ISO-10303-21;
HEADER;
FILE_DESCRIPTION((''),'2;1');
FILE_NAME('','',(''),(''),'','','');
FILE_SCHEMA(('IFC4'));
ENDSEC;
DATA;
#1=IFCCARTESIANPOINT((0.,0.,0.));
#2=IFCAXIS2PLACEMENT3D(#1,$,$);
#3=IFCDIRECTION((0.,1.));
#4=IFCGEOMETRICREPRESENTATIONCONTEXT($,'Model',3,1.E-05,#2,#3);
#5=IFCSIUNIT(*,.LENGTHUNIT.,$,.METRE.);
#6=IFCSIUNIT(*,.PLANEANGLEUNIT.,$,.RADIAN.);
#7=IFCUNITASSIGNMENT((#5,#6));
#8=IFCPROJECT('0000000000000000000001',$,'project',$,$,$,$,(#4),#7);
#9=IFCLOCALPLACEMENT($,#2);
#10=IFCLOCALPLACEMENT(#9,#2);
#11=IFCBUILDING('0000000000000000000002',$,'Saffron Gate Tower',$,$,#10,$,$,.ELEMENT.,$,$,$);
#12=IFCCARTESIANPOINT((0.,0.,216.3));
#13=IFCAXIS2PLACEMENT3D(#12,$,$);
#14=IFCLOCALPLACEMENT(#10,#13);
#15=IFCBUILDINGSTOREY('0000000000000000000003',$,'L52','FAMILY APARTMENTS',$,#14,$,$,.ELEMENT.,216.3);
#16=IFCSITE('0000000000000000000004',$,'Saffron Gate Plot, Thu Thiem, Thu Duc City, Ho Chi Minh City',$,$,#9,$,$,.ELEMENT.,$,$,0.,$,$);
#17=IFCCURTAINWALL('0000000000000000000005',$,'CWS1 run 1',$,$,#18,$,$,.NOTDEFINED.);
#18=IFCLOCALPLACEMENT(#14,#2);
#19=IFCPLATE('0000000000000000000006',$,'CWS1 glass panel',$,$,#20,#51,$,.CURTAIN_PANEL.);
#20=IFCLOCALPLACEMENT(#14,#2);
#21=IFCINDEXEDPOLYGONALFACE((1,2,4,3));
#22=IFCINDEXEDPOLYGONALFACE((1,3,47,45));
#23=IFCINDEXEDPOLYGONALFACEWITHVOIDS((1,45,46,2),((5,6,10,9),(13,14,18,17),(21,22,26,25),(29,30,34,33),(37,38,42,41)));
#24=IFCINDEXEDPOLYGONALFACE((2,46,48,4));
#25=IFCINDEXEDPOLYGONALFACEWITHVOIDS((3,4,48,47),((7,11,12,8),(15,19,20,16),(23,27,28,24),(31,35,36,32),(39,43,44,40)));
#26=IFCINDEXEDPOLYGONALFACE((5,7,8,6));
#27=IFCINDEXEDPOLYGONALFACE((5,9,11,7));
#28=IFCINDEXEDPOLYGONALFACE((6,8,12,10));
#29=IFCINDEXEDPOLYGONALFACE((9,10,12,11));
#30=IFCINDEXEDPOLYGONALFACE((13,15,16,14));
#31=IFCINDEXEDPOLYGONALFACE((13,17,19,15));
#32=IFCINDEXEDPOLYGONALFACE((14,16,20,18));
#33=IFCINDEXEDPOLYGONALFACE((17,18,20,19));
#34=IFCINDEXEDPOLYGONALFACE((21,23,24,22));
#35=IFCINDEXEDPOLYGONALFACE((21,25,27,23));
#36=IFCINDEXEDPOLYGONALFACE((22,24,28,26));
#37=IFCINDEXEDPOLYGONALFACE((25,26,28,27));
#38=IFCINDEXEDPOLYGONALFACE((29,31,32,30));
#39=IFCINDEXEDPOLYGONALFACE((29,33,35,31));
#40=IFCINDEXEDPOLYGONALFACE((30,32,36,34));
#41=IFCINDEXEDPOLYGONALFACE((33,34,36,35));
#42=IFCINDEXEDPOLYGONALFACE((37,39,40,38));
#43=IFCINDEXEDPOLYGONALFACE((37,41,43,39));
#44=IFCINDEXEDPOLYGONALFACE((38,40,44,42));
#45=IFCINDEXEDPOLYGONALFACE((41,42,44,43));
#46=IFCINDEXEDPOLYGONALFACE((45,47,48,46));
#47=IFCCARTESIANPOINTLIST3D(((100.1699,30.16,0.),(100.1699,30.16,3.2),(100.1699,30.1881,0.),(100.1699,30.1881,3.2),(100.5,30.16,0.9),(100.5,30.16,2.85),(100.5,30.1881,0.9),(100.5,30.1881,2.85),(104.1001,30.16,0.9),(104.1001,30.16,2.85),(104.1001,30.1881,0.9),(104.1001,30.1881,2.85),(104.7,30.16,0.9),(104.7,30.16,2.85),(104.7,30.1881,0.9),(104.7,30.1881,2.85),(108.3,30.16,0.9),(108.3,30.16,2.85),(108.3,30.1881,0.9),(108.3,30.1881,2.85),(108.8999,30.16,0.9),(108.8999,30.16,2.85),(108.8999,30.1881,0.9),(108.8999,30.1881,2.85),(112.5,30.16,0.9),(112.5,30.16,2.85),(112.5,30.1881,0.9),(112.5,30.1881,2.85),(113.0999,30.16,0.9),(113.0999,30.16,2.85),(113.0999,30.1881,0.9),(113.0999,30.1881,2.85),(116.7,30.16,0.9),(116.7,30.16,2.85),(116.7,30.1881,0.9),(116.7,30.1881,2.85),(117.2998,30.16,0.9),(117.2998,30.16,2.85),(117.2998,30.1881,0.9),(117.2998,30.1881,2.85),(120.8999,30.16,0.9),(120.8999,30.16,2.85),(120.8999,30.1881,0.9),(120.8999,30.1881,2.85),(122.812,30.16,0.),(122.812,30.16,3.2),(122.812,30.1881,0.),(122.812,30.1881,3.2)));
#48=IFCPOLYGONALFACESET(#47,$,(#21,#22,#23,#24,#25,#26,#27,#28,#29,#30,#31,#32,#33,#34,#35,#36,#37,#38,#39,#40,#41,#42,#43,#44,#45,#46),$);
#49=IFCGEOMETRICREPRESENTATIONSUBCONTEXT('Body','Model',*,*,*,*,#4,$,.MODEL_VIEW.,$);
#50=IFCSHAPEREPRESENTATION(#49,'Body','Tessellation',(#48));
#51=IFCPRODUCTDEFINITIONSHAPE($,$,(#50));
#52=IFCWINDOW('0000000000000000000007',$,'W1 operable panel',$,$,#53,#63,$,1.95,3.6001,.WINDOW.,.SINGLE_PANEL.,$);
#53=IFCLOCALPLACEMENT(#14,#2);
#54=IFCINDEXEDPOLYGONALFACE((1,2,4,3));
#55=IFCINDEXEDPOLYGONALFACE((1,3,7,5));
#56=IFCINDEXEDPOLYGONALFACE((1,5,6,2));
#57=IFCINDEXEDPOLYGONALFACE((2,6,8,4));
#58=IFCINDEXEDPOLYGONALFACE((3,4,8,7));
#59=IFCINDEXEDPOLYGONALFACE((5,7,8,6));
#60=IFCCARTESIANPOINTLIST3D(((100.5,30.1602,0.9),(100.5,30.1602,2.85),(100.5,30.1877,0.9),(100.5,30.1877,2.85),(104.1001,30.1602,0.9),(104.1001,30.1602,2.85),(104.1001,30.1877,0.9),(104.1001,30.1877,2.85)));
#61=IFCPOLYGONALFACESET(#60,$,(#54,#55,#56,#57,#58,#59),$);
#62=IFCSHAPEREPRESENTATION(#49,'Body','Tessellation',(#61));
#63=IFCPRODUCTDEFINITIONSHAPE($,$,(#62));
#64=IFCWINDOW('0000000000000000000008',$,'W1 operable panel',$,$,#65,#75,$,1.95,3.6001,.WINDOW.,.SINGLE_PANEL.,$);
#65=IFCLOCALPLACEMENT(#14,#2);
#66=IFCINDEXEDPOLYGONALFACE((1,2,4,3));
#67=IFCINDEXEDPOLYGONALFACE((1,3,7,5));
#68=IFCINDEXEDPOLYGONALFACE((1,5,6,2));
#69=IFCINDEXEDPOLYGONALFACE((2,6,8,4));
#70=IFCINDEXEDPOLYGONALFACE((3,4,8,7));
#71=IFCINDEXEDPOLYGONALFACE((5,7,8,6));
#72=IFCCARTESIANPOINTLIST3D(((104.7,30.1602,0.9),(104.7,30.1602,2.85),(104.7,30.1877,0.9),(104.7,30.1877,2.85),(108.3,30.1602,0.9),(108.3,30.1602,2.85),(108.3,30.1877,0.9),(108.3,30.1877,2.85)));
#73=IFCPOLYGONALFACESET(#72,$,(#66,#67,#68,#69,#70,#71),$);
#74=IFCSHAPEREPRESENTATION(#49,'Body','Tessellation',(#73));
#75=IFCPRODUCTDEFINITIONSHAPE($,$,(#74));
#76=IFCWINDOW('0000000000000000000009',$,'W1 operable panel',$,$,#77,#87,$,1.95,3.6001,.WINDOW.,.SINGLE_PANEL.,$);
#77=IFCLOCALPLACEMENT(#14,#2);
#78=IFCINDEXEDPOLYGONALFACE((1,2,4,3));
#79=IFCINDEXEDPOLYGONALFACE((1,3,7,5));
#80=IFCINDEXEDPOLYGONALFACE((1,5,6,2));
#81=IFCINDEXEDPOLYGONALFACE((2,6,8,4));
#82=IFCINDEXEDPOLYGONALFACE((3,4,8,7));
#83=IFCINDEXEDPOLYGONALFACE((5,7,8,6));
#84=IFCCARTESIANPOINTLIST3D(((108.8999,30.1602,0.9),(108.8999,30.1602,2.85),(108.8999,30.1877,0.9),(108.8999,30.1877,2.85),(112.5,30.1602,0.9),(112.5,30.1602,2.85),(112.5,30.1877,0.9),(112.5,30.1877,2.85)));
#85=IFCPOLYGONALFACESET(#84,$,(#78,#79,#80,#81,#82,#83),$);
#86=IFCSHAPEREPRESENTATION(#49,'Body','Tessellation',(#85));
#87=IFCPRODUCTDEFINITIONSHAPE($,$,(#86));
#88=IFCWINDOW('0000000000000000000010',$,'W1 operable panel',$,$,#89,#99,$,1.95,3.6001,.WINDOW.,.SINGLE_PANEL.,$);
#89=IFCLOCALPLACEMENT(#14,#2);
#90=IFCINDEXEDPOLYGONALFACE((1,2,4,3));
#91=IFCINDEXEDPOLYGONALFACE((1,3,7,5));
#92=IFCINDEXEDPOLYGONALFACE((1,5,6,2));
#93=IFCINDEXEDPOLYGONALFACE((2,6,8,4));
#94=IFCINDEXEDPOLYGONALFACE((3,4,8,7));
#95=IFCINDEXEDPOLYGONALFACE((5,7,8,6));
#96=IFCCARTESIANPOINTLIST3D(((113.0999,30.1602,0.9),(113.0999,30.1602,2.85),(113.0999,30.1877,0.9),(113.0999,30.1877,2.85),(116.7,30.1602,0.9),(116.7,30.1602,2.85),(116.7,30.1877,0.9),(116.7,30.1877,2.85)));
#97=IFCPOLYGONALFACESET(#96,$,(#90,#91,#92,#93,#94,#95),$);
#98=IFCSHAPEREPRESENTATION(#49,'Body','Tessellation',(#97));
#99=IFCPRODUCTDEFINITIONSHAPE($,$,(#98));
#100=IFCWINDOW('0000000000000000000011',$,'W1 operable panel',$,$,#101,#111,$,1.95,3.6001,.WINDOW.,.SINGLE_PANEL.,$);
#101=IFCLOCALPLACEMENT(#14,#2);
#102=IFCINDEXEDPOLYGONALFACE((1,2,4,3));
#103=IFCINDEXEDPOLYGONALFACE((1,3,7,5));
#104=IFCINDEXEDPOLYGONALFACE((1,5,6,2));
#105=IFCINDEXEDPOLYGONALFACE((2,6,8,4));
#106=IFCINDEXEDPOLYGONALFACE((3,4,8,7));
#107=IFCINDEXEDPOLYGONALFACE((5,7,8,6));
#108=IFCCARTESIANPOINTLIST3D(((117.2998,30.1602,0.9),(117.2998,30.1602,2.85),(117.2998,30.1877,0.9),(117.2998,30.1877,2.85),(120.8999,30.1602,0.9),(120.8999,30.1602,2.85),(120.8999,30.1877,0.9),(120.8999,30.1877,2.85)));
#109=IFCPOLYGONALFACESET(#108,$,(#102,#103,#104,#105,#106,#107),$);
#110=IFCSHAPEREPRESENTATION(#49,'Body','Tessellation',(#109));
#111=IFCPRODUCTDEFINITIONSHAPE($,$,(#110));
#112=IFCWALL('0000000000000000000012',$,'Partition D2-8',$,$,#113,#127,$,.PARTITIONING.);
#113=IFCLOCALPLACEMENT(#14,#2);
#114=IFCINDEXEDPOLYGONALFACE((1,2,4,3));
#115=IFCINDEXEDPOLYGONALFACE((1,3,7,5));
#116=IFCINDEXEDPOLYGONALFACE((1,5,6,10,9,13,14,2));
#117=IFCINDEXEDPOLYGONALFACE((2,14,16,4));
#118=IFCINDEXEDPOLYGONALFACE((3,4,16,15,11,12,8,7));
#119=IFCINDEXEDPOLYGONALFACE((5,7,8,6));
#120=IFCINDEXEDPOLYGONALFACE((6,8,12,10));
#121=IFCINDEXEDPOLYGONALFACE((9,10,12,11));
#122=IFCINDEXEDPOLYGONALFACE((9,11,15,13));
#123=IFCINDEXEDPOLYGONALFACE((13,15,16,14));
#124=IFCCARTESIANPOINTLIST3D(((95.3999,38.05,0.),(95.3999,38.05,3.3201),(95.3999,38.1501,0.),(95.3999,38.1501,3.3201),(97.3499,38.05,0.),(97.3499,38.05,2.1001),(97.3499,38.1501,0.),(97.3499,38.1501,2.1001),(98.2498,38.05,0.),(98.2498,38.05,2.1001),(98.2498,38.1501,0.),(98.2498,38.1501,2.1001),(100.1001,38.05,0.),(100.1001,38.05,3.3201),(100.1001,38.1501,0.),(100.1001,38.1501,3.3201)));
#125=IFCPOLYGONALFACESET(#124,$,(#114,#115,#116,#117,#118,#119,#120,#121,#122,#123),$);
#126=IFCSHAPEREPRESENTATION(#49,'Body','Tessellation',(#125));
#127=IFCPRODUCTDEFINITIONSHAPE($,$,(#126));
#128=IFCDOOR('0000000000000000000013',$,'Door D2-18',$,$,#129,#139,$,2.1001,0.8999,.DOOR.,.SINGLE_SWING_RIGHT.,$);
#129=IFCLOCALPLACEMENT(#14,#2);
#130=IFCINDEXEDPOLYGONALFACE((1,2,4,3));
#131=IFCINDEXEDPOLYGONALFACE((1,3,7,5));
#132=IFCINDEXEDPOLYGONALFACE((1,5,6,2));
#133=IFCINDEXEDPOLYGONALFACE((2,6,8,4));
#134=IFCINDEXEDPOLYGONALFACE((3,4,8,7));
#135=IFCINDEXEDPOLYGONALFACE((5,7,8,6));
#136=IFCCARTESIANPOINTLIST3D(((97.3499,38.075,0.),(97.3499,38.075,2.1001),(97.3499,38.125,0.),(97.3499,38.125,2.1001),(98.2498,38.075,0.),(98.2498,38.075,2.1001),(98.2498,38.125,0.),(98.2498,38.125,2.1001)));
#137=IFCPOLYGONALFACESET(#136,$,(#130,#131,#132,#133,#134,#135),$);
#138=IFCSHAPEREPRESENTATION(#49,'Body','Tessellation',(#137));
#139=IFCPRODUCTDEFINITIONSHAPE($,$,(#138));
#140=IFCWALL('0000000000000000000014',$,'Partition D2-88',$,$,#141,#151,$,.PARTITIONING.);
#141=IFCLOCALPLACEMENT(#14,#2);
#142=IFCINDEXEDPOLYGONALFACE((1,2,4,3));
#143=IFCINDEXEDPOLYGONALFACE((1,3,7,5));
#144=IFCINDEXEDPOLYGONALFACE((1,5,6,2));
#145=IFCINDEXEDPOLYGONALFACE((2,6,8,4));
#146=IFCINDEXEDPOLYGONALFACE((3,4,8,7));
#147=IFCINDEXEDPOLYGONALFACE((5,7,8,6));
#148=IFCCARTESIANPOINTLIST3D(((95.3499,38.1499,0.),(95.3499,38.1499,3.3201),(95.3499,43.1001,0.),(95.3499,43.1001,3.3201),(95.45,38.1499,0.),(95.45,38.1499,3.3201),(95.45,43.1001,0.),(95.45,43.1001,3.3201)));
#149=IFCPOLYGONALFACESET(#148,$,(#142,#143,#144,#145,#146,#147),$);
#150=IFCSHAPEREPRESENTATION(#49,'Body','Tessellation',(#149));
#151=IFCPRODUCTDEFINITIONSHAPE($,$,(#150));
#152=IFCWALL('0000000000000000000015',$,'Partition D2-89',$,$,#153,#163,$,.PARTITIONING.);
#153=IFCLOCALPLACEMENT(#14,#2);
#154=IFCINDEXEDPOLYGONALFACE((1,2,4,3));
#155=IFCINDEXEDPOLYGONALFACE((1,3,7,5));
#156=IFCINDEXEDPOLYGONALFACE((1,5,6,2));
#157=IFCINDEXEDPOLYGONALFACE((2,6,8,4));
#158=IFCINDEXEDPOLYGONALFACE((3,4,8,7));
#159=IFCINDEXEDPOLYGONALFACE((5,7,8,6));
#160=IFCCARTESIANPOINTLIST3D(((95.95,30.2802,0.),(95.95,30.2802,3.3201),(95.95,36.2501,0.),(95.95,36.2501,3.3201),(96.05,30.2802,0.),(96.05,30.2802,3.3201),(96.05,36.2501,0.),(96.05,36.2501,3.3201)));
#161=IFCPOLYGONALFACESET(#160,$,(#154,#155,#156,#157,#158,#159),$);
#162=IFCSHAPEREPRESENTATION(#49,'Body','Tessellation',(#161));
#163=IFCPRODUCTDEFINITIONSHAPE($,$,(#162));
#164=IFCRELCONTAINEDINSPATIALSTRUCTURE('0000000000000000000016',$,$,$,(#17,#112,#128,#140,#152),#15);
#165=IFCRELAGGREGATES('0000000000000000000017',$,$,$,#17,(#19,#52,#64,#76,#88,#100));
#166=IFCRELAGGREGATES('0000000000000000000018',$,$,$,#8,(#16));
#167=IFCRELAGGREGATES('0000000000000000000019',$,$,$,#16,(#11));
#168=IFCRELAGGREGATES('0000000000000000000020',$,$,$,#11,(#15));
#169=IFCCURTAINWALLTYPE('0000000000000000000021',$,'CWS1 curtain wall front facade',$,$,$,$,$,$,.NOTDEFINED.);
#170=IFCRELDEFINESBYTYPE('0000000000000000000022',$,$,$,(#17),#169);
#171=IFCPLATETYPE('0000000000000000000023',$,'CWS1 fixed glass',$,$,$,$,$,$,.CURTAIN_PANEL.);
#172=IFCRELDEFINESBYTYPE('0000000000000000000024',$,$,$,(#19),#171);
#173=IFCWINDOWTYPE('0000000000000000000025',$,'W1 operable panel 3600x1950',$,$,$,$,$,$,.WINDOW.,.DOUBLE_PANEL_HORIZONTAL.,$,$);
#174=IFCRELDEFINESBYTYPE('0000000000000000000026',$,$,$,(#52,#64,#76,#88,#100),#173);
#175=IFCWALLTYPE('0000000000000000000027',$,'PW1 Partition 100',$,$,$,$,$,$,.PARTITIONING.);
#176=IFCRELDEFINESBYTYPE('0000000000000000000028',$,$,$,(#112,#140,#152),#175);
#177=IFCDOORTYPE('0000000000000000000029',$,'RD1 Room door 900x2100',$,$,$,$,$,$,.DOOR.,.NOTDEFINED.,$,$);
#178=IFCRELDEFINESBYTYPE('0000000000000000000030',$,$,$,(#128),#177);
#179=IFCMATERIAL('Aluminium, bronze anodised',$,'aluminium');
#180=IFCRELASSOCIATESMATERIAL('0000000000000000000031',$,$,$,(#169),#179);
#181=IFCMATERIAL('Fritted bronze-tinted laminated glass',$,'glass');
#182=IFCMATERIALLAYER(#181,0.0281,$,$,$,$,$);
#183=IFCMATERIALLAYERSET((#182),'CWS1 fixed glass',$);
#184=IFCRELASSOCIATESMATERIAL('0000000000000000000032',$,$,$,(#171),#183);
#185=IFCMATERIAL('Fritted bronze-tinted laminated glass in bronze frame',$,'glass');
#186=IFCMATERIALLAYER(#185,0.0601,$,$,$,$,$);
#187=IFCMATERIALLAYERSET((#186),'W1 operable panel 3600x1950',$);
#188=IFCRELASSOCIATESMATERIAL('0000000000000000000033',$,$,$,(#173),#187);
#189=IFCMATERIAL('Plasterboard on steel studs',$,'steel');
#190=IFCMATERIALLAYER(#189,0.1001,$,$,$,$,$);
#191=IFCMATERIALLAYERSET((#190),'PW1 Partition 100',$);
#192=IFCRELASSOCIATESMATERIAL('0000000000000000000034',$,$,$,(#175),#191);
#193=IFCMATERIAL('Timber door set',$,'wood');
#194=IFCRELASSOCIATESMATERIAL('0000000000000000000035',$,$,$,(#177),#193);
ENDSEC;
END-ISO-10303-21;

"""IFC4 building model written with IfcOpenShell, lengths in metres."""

from ifc_helpers import new_model, si_unit, direction, frame, frame_2d, origin, place, context, subcontext, project, spatial, rectangle, extrude, material, layer, layer_set, type_object, element, fill, aggregate, save


model = new_model("IFC4")

# Units and contexts
model_context = context("Model", 3, precision=1e-05, world=origin(), true_north=direction((0.0, 1.0)))
body_context = subcontext(model_context, "Body", "Model", "MODEL_VIEW")
ifc_project = project(units=[si_unit("LENGTHUNIT", "METRE"), si_unit("PLANEANGLEUNIT", "RADIAN")], contexts=[model_context])

# Site, building, storey
site_placement = place(None, origin())
site = spatial("IfcSite", under=ifc_project, at=site_placement, Name="Saffron Gate Plot, Thu Thiem, Thu Duc City, Ho Chi Minh City", CompositionType="ELEMENT", RefElevation=0.0)
building_placement = place(site_placement, origin())
building = spatial("IfcBuilding", under=site, at=building_placement, Name="Saffron Gate Tower", CompositionType="ELEMENT")
storey_placement = place(building_placement, frame((0.0, 0.0, 216.3)))
storey = spatial("IfcBuildingStorey", under=building, at=storey_placement, Name="L52", Description="FAMILY APARTMENTS", CompositionType="ELEMENT", Elevation=216.3)

# Curtain wall, plate, openings, windows
ifc_material_1 = material(Name="Aluminium, bronze anodised", Category="aluminium")
curtain_wall_type = type_object("IfcCurtainWallType", Name="CWS1 curtain wall front facade", PredefinedType="NOTDEFINED", material=ifc_material_1)
curtain_wall_placement = place(storey_placement, origin())
curtain_wall = element("IfcCurtainWall", 1, at=curtain_wall_placement, inside=storey, type_object=curtain_wall_type, Name="CWS1 run 1", PredefinedType="NOTDEFINED")
ifc_material_2 = material(Name="Fritted bronze-tinted laminated glass", Category="glass")
ifc_layer_1 = layer(ifc_material_2, 0.0281)
ifc_layer_set_1 = layer_set([ifc_layer_1], Name="CWS1 fixed glass")
plate_type = type_object("IfcPlateType", Name="CWS1 fixed glass", PredefinedType="CURTAIN_PANEL", material=ifc_layer_set_1)
plate_placement = place(storey_placement, frame((100.1699, 30.1741, 0.0), z_axis=(0.0, 0.0, 1.0), x_axis=(1.0, 0.0, 0.0)))
plate = element("IfcPlate", 2, at=plate_placement, type_object=plate_type, Name="CWS1 glass panel", PredefinedType="CURTAIN_PANEL", context=body_context, shape_type="SweptSolid", body=[
    extrude(rectangle(XDim=22.6421, YDim=0.0281, at=frame_2d((11.321, 0.0))), origin(), (0.0, 0.0, 1.0), 3.2),
])
opening_1_placement = place(plate_placement, frame((0.3301, 0.0, 0.8999)))
opening_1 = element("IfcOpeningElement", 3, at=opening_1_placement, cuts=plate, PredefinedType="OPENING", context=body_context, shape_type="SweptSolid", body=[
    extrude(rectangle(XDim=3.6001, YDim=1.95, at=frame_2d((1.8, 0.9751))), frame((0.0, 0.0239, 0.0), z_axis=(0.0, -1.0, 0.0), x_axis=(1.0, 0.0, 0.0)), (0.0, 0.0, 1.0), 0.0481),
])
opening_2_placement = place(plate_placement, frame((4.53, 0.0, 0.8999)))
opening_2 = element("IfcOpeningElement", 4, at=opening_2_placement, cuts=plate, PredefinedType="OPENING", context=body_context, shape_type="SweptSolid", body=[
    extrude(rectangle(XDim=3.6001, YDim=1.95, at=frame_2d((1.8, 0.9751))), frame((0.0, 0.0239, 0.0), z_axis=(0.0, -1.0, 0.0), x_axis=(1.0, 0.0, 0.0)), (0.0, 0.0, 1.0), 0.0481),
])
opening_3_placement = place(plate_placement, frame((8.73, 0.0, 0.8999)))
opening_3 = element("IfcOpeningElement", 5, at=opening_3_placement, cuts=plate, PredefinedType="OPENING", context=body_context, shape_type="SweptSolid", body=[
    extrude(rectangle(XDim=3.6001, YDim=1.95, at=frame_2d((1.8, 0.9751))), frame((0.0, 0.0239, 0.0), z_axis=(0.0, -1.0, 0.0), x_axis=(1.0, 0.0, 0.0)), (0.0, 0.0, 1.0), 0.0481),
])
opening_4_placement = place(plate_placement, frame((12.9299, 0.0, 0.8999)))
opening_4 = element("IfcOpeningElement", 6, at=opening_4_placement, cuts=plate, PredefinedType="OPENING", context=body_context, shape_type="SweptSolid", body=[
    extrude(rectangle(XDim=3.6001, YDim=1.95, at=frame_2d((1.8, 0.9751))), frame((0.0, 0.0239, 0.0), z_axis=(0.0, -1.0, 0.0), x_axis=(1.0, 0.0, 0.0)), (0.0, 0.0, 1.0), 0.0481),
])
opening_5_placement = place(plate_placement, frame((17.1299, 0.0, 0.8999)))
opening_5 = element("IfcOpeningElement", 7, at=opening_5_placement, cuts=plate, PredefinedType="OPENING", context=body_context, shape_type="SweptSolid", body=[
    extrude(rectangle(XDim=3.6001, YDim=1.95, at=frame_2d((1.8, 0.9751))), frame((0.0, 0.0239, 0.0), z_axis=(0.0, -1.0, 0.0), x_axis=(1.0, 0.0, 0.0)), (0.0, 0.0, 1.0), 0.0481),
])
ifc_material_3 = material(Name="Fritted bronze-tinted laminated glass in bronze frame", Category="glass")
ifc_layer_2 = layer(ifc_material_3, 0.0601)
ifc_layer_set_2 = layer_set([ifc_layer_2], Name="W1 operable panel 3600x1950")
window_type = type_object("IfcWindowType", Name="W1 operable panel 3600x1950", PartitioningType="DOUBLE_PANEL_HORIZONTAL", PredefinedType="WINDOW", material=ifc_layer_set_2)
window_1_placement = place(opening_1_placement, origin())
window_1 = element("IfcWindow", 8, at=window_1_placement, type_object=window_type, Name="W1 operable panel", OverallHeight=1.95, OverallWidth=3.6001, PartitioningType="SINGLE_PANEL", PredefinedType="WINDOW", context=body_context, shape_type="SweptSolid", body=[
    extrude(rectangle(XDim=3.6001, YDim=1.95, at=frame_2d((1.8, 0.9751))), frame((0.0, 0.0137, 0.0), z_axis=(0.0, -1.0, 0.0), x_axis=(1.0, 0.0, 0.0)), (0.0, 0.0, 1.0), 0.0276),
])
fill(opening_1, window_1)
window_2_placement = place(opening_2_placement, origin())
window_2 = element("IfcWindow", 9, at=window_2_placement, type_object=window_type, Name="W1 operable panel", OverallHeight=1.95, OverallWidth=3.6001, PartitioningType="SINGLE_PANEL", PredefinedType="WINDOW", context=body_context, shape_type="SweptSolid", body=[
    extrude(rectangle(XDim=3.6001, YDim=1.95, at=frame_2d((1.8, 0.9751))), frame((0.0, 0.0137, 0.0), z_axis=(0.0, -1.0, 0.0), x_axis=(1.0, 0.0, 0.0)), (0.0, 0.0, 1.0), 0.0276),
])
fill(opening_2, window_2)
window_3_placement = place(opening_3_placement, origin())
window_3 = element("IfcWindow", 10, at=window_3_placement, type_object=window_type, Name="W1 operable panel", OverallHeight=1.95, OverallWidth=3.6001, PartitioningType="SINGLE_PANEL", PredefinedType="WINDOW", context=body_context, shape_type="SweptSolid", body=[
    extrude(rectangle(XDim=3.6001, YDim=1.95, at=frame_2d((1.8, 0.9751))), frame((0.0, 0.0137, 0.0), z_axis=(0.0, -1.0, 0.0), x_axis=(1.0, 0.0, 0.0)), (0.0, 0.0, 1.0), 0.0276),
])
fill(opening_3, window_3)
window_4_placement = place(opening_4_placement, origin())
window_4 = element("IfcWindow", 11, at=window_4_placement, type_object=window_type, Name="W1 operable panel", OverallHeight=1.95, OverallWidth=3.6001, PartitioningType="SINGLE_PANEL", PredefinedType="WINDOW", context=body_context, shape_type="SweptSolid", body=[
    extrude(rectangle(XDim=3.6001, YDim=1.95, at=frame_2d((1.8, 0.9751))), frame((0.0, 0.0137, 0.0), z_axis=(0.0, -1.0, 0.0), x_axis=(1.0, 0.0, 0.0)), (0.0, 0.0, 1.0), 0.0276),
])
fill(opening_4, window_4)
window_5_placement = place(opening_5_placement, origin())
window_5 = element("IfcWindow", 12, at=window_5_placement, type_object=window_type, Name="W1 operable panel", OverallHeight=1.95, OverallWidth=3.6001, PartitioningType="SINGLE_PANEL", PredefinedType="WINDOW", context=body_context, shape_type="SweptSolid", body=[
    extrude(rectangle(XDim=3.6001, YDim=1.95, at=frame_2d((1.8, 0.9751))), frame((0.0, 0.0137, 0.0), z_axis=(0.0, -1.0, 0.0), x_axis=(1.0, 0.0, 0.0)), (0.0, 0.0, 1.0), 0.0276),
])
fill(opening_5, window_5)
aggregate(curtain_wall, [plate, window_1, window_2, window_3, window_4, window_5])

# Wall, opening, door
ifc_material_4 = material(Name="Plasterboard on steel studs", Category="steel")
ifc_layer_3 = layer(ifc_material_4, 0.1001)
ifc_layer_set_3 = layer_set([ifc_layer_3], Name="PW1 Partition 100")
wall_type_1 = type_object("IfcWallType", Name="PW1 Partition 100", PredefinedType="PARTITIONING", material=ifc_layer_set_3)
wall_1_placement = place(storey_placement, frame((95.3999, 38.1001, 0.0), z_axis=(0.0, 0.0, 1.0), x_axis=(1.0, 0.0, 0.0)))
wall_1 = element("IfcWall", 13, at=wall_1_placement, inside=storey, type_object=wall_type_1, Name="Partition D2-8", PredefinedType="PARTITIONING", context=body_context, shape_type="SweptSolid", body=[
    extrude(rectangle(XDim=4.7002, YDim=0.1001, at=frame_2d((2.3501, 0.0))), origin(), (0.0, 0.0, 1.0), 3.3201),
])
opening_6_placement = place(wall_1_placement, frame((1.95, 0.0, 0.0)))
opening_6 = element("IfcOpeningElement", 14, at=opening_6_placement, cuts=wall_1, PredefinedType="OPENING", context=body_context, shape_type="SweptSolid", body=[
    extrude(rectangle(XDim=0.8999, YDim=2.1001, at=frame_2d((0.45, 1.05))), frame((0.0, 0.0601, 0.0), z_axis=(0.0, -1.0, 0.0), x_axis=(1.0, 0.0, 0.0)), (0.0, 0.0, 1.0), 0.1201),
])
ifc_material_5 = material(Name="Timber door set", Category="wood")
door_type = type_object("IfcDoorType", Name="RD1 Room door 900x2100", OperationType="NOTDEFINED", PredefinedType="DOOR", material=ifc_material_5)
door_1_placement = place(opening_6_placement, origin())
door_1 = element("IfcDoor", 15, at=door_1_placement, inside=storey, type_object=door_type, Name="Door D2-18", OperationType="SINGLE_SWING_RIGHT", OverallHeight=2.1001, OverallWidth=0.8999, PredefinedType="DOOR", context=body_context, shape_type="SweptSolid", body=[
    extrude(rectangle(XDim=0.8999, YDim=2.1001, at=frame_2d((0.45, 1.05))), frame((0.0, 0.0249, 0.0), z_axis=(0.0, -1.0, 0.0), x_axis=(1.0, 0.0, 0.0)), (0.0, 0.0, 1.0), 0.05),
])
fill(opening_6, door_1)

# Walls
wall_2_placement = place(storey_placement, frame((95.3999, 43.1001, 0.0), z_axis=(0.0, 0.0, 1.0), x_axis=(0.0, -1.0, 0.0)))
element("IfcWall", 16, at=wall_2_placement, inside=storey, type_object=wall_type_1, Name="Partition D2-88", PredefinedType="PARTITIONING", context=body_context, shape_type="SweptSolid", body=[
    extrude(rectangle(XDim=4.9502, YDim=0.1001, at=frame_2d((2.4751, 0.0))), origin(), (0.0, 0.0, 1.0), 3.3201),
])
wall_3_placement = place(storey_placement, frame((96.0, 36.25, 0.0), z_axis=(0.0, 0.0, 1.0), x_axis=(0.0, -1.0, 0.0)))
element("IfcWall", 17, at=wall_3_placement, inside=storey, type_object=wall_type_1, Name="Partition D2-89", PredefinedType="PARTITIONING", context=body_context, shape_type="SweptSolid", body=[
    extrude(rectangle(XDim=5.97, YDim=0.1001, at=frame_2d((2.9849, 0.0))), origin(), (0.0, 0.0, 1.0), 3.3201),
])

save(model, "model.ifc")
